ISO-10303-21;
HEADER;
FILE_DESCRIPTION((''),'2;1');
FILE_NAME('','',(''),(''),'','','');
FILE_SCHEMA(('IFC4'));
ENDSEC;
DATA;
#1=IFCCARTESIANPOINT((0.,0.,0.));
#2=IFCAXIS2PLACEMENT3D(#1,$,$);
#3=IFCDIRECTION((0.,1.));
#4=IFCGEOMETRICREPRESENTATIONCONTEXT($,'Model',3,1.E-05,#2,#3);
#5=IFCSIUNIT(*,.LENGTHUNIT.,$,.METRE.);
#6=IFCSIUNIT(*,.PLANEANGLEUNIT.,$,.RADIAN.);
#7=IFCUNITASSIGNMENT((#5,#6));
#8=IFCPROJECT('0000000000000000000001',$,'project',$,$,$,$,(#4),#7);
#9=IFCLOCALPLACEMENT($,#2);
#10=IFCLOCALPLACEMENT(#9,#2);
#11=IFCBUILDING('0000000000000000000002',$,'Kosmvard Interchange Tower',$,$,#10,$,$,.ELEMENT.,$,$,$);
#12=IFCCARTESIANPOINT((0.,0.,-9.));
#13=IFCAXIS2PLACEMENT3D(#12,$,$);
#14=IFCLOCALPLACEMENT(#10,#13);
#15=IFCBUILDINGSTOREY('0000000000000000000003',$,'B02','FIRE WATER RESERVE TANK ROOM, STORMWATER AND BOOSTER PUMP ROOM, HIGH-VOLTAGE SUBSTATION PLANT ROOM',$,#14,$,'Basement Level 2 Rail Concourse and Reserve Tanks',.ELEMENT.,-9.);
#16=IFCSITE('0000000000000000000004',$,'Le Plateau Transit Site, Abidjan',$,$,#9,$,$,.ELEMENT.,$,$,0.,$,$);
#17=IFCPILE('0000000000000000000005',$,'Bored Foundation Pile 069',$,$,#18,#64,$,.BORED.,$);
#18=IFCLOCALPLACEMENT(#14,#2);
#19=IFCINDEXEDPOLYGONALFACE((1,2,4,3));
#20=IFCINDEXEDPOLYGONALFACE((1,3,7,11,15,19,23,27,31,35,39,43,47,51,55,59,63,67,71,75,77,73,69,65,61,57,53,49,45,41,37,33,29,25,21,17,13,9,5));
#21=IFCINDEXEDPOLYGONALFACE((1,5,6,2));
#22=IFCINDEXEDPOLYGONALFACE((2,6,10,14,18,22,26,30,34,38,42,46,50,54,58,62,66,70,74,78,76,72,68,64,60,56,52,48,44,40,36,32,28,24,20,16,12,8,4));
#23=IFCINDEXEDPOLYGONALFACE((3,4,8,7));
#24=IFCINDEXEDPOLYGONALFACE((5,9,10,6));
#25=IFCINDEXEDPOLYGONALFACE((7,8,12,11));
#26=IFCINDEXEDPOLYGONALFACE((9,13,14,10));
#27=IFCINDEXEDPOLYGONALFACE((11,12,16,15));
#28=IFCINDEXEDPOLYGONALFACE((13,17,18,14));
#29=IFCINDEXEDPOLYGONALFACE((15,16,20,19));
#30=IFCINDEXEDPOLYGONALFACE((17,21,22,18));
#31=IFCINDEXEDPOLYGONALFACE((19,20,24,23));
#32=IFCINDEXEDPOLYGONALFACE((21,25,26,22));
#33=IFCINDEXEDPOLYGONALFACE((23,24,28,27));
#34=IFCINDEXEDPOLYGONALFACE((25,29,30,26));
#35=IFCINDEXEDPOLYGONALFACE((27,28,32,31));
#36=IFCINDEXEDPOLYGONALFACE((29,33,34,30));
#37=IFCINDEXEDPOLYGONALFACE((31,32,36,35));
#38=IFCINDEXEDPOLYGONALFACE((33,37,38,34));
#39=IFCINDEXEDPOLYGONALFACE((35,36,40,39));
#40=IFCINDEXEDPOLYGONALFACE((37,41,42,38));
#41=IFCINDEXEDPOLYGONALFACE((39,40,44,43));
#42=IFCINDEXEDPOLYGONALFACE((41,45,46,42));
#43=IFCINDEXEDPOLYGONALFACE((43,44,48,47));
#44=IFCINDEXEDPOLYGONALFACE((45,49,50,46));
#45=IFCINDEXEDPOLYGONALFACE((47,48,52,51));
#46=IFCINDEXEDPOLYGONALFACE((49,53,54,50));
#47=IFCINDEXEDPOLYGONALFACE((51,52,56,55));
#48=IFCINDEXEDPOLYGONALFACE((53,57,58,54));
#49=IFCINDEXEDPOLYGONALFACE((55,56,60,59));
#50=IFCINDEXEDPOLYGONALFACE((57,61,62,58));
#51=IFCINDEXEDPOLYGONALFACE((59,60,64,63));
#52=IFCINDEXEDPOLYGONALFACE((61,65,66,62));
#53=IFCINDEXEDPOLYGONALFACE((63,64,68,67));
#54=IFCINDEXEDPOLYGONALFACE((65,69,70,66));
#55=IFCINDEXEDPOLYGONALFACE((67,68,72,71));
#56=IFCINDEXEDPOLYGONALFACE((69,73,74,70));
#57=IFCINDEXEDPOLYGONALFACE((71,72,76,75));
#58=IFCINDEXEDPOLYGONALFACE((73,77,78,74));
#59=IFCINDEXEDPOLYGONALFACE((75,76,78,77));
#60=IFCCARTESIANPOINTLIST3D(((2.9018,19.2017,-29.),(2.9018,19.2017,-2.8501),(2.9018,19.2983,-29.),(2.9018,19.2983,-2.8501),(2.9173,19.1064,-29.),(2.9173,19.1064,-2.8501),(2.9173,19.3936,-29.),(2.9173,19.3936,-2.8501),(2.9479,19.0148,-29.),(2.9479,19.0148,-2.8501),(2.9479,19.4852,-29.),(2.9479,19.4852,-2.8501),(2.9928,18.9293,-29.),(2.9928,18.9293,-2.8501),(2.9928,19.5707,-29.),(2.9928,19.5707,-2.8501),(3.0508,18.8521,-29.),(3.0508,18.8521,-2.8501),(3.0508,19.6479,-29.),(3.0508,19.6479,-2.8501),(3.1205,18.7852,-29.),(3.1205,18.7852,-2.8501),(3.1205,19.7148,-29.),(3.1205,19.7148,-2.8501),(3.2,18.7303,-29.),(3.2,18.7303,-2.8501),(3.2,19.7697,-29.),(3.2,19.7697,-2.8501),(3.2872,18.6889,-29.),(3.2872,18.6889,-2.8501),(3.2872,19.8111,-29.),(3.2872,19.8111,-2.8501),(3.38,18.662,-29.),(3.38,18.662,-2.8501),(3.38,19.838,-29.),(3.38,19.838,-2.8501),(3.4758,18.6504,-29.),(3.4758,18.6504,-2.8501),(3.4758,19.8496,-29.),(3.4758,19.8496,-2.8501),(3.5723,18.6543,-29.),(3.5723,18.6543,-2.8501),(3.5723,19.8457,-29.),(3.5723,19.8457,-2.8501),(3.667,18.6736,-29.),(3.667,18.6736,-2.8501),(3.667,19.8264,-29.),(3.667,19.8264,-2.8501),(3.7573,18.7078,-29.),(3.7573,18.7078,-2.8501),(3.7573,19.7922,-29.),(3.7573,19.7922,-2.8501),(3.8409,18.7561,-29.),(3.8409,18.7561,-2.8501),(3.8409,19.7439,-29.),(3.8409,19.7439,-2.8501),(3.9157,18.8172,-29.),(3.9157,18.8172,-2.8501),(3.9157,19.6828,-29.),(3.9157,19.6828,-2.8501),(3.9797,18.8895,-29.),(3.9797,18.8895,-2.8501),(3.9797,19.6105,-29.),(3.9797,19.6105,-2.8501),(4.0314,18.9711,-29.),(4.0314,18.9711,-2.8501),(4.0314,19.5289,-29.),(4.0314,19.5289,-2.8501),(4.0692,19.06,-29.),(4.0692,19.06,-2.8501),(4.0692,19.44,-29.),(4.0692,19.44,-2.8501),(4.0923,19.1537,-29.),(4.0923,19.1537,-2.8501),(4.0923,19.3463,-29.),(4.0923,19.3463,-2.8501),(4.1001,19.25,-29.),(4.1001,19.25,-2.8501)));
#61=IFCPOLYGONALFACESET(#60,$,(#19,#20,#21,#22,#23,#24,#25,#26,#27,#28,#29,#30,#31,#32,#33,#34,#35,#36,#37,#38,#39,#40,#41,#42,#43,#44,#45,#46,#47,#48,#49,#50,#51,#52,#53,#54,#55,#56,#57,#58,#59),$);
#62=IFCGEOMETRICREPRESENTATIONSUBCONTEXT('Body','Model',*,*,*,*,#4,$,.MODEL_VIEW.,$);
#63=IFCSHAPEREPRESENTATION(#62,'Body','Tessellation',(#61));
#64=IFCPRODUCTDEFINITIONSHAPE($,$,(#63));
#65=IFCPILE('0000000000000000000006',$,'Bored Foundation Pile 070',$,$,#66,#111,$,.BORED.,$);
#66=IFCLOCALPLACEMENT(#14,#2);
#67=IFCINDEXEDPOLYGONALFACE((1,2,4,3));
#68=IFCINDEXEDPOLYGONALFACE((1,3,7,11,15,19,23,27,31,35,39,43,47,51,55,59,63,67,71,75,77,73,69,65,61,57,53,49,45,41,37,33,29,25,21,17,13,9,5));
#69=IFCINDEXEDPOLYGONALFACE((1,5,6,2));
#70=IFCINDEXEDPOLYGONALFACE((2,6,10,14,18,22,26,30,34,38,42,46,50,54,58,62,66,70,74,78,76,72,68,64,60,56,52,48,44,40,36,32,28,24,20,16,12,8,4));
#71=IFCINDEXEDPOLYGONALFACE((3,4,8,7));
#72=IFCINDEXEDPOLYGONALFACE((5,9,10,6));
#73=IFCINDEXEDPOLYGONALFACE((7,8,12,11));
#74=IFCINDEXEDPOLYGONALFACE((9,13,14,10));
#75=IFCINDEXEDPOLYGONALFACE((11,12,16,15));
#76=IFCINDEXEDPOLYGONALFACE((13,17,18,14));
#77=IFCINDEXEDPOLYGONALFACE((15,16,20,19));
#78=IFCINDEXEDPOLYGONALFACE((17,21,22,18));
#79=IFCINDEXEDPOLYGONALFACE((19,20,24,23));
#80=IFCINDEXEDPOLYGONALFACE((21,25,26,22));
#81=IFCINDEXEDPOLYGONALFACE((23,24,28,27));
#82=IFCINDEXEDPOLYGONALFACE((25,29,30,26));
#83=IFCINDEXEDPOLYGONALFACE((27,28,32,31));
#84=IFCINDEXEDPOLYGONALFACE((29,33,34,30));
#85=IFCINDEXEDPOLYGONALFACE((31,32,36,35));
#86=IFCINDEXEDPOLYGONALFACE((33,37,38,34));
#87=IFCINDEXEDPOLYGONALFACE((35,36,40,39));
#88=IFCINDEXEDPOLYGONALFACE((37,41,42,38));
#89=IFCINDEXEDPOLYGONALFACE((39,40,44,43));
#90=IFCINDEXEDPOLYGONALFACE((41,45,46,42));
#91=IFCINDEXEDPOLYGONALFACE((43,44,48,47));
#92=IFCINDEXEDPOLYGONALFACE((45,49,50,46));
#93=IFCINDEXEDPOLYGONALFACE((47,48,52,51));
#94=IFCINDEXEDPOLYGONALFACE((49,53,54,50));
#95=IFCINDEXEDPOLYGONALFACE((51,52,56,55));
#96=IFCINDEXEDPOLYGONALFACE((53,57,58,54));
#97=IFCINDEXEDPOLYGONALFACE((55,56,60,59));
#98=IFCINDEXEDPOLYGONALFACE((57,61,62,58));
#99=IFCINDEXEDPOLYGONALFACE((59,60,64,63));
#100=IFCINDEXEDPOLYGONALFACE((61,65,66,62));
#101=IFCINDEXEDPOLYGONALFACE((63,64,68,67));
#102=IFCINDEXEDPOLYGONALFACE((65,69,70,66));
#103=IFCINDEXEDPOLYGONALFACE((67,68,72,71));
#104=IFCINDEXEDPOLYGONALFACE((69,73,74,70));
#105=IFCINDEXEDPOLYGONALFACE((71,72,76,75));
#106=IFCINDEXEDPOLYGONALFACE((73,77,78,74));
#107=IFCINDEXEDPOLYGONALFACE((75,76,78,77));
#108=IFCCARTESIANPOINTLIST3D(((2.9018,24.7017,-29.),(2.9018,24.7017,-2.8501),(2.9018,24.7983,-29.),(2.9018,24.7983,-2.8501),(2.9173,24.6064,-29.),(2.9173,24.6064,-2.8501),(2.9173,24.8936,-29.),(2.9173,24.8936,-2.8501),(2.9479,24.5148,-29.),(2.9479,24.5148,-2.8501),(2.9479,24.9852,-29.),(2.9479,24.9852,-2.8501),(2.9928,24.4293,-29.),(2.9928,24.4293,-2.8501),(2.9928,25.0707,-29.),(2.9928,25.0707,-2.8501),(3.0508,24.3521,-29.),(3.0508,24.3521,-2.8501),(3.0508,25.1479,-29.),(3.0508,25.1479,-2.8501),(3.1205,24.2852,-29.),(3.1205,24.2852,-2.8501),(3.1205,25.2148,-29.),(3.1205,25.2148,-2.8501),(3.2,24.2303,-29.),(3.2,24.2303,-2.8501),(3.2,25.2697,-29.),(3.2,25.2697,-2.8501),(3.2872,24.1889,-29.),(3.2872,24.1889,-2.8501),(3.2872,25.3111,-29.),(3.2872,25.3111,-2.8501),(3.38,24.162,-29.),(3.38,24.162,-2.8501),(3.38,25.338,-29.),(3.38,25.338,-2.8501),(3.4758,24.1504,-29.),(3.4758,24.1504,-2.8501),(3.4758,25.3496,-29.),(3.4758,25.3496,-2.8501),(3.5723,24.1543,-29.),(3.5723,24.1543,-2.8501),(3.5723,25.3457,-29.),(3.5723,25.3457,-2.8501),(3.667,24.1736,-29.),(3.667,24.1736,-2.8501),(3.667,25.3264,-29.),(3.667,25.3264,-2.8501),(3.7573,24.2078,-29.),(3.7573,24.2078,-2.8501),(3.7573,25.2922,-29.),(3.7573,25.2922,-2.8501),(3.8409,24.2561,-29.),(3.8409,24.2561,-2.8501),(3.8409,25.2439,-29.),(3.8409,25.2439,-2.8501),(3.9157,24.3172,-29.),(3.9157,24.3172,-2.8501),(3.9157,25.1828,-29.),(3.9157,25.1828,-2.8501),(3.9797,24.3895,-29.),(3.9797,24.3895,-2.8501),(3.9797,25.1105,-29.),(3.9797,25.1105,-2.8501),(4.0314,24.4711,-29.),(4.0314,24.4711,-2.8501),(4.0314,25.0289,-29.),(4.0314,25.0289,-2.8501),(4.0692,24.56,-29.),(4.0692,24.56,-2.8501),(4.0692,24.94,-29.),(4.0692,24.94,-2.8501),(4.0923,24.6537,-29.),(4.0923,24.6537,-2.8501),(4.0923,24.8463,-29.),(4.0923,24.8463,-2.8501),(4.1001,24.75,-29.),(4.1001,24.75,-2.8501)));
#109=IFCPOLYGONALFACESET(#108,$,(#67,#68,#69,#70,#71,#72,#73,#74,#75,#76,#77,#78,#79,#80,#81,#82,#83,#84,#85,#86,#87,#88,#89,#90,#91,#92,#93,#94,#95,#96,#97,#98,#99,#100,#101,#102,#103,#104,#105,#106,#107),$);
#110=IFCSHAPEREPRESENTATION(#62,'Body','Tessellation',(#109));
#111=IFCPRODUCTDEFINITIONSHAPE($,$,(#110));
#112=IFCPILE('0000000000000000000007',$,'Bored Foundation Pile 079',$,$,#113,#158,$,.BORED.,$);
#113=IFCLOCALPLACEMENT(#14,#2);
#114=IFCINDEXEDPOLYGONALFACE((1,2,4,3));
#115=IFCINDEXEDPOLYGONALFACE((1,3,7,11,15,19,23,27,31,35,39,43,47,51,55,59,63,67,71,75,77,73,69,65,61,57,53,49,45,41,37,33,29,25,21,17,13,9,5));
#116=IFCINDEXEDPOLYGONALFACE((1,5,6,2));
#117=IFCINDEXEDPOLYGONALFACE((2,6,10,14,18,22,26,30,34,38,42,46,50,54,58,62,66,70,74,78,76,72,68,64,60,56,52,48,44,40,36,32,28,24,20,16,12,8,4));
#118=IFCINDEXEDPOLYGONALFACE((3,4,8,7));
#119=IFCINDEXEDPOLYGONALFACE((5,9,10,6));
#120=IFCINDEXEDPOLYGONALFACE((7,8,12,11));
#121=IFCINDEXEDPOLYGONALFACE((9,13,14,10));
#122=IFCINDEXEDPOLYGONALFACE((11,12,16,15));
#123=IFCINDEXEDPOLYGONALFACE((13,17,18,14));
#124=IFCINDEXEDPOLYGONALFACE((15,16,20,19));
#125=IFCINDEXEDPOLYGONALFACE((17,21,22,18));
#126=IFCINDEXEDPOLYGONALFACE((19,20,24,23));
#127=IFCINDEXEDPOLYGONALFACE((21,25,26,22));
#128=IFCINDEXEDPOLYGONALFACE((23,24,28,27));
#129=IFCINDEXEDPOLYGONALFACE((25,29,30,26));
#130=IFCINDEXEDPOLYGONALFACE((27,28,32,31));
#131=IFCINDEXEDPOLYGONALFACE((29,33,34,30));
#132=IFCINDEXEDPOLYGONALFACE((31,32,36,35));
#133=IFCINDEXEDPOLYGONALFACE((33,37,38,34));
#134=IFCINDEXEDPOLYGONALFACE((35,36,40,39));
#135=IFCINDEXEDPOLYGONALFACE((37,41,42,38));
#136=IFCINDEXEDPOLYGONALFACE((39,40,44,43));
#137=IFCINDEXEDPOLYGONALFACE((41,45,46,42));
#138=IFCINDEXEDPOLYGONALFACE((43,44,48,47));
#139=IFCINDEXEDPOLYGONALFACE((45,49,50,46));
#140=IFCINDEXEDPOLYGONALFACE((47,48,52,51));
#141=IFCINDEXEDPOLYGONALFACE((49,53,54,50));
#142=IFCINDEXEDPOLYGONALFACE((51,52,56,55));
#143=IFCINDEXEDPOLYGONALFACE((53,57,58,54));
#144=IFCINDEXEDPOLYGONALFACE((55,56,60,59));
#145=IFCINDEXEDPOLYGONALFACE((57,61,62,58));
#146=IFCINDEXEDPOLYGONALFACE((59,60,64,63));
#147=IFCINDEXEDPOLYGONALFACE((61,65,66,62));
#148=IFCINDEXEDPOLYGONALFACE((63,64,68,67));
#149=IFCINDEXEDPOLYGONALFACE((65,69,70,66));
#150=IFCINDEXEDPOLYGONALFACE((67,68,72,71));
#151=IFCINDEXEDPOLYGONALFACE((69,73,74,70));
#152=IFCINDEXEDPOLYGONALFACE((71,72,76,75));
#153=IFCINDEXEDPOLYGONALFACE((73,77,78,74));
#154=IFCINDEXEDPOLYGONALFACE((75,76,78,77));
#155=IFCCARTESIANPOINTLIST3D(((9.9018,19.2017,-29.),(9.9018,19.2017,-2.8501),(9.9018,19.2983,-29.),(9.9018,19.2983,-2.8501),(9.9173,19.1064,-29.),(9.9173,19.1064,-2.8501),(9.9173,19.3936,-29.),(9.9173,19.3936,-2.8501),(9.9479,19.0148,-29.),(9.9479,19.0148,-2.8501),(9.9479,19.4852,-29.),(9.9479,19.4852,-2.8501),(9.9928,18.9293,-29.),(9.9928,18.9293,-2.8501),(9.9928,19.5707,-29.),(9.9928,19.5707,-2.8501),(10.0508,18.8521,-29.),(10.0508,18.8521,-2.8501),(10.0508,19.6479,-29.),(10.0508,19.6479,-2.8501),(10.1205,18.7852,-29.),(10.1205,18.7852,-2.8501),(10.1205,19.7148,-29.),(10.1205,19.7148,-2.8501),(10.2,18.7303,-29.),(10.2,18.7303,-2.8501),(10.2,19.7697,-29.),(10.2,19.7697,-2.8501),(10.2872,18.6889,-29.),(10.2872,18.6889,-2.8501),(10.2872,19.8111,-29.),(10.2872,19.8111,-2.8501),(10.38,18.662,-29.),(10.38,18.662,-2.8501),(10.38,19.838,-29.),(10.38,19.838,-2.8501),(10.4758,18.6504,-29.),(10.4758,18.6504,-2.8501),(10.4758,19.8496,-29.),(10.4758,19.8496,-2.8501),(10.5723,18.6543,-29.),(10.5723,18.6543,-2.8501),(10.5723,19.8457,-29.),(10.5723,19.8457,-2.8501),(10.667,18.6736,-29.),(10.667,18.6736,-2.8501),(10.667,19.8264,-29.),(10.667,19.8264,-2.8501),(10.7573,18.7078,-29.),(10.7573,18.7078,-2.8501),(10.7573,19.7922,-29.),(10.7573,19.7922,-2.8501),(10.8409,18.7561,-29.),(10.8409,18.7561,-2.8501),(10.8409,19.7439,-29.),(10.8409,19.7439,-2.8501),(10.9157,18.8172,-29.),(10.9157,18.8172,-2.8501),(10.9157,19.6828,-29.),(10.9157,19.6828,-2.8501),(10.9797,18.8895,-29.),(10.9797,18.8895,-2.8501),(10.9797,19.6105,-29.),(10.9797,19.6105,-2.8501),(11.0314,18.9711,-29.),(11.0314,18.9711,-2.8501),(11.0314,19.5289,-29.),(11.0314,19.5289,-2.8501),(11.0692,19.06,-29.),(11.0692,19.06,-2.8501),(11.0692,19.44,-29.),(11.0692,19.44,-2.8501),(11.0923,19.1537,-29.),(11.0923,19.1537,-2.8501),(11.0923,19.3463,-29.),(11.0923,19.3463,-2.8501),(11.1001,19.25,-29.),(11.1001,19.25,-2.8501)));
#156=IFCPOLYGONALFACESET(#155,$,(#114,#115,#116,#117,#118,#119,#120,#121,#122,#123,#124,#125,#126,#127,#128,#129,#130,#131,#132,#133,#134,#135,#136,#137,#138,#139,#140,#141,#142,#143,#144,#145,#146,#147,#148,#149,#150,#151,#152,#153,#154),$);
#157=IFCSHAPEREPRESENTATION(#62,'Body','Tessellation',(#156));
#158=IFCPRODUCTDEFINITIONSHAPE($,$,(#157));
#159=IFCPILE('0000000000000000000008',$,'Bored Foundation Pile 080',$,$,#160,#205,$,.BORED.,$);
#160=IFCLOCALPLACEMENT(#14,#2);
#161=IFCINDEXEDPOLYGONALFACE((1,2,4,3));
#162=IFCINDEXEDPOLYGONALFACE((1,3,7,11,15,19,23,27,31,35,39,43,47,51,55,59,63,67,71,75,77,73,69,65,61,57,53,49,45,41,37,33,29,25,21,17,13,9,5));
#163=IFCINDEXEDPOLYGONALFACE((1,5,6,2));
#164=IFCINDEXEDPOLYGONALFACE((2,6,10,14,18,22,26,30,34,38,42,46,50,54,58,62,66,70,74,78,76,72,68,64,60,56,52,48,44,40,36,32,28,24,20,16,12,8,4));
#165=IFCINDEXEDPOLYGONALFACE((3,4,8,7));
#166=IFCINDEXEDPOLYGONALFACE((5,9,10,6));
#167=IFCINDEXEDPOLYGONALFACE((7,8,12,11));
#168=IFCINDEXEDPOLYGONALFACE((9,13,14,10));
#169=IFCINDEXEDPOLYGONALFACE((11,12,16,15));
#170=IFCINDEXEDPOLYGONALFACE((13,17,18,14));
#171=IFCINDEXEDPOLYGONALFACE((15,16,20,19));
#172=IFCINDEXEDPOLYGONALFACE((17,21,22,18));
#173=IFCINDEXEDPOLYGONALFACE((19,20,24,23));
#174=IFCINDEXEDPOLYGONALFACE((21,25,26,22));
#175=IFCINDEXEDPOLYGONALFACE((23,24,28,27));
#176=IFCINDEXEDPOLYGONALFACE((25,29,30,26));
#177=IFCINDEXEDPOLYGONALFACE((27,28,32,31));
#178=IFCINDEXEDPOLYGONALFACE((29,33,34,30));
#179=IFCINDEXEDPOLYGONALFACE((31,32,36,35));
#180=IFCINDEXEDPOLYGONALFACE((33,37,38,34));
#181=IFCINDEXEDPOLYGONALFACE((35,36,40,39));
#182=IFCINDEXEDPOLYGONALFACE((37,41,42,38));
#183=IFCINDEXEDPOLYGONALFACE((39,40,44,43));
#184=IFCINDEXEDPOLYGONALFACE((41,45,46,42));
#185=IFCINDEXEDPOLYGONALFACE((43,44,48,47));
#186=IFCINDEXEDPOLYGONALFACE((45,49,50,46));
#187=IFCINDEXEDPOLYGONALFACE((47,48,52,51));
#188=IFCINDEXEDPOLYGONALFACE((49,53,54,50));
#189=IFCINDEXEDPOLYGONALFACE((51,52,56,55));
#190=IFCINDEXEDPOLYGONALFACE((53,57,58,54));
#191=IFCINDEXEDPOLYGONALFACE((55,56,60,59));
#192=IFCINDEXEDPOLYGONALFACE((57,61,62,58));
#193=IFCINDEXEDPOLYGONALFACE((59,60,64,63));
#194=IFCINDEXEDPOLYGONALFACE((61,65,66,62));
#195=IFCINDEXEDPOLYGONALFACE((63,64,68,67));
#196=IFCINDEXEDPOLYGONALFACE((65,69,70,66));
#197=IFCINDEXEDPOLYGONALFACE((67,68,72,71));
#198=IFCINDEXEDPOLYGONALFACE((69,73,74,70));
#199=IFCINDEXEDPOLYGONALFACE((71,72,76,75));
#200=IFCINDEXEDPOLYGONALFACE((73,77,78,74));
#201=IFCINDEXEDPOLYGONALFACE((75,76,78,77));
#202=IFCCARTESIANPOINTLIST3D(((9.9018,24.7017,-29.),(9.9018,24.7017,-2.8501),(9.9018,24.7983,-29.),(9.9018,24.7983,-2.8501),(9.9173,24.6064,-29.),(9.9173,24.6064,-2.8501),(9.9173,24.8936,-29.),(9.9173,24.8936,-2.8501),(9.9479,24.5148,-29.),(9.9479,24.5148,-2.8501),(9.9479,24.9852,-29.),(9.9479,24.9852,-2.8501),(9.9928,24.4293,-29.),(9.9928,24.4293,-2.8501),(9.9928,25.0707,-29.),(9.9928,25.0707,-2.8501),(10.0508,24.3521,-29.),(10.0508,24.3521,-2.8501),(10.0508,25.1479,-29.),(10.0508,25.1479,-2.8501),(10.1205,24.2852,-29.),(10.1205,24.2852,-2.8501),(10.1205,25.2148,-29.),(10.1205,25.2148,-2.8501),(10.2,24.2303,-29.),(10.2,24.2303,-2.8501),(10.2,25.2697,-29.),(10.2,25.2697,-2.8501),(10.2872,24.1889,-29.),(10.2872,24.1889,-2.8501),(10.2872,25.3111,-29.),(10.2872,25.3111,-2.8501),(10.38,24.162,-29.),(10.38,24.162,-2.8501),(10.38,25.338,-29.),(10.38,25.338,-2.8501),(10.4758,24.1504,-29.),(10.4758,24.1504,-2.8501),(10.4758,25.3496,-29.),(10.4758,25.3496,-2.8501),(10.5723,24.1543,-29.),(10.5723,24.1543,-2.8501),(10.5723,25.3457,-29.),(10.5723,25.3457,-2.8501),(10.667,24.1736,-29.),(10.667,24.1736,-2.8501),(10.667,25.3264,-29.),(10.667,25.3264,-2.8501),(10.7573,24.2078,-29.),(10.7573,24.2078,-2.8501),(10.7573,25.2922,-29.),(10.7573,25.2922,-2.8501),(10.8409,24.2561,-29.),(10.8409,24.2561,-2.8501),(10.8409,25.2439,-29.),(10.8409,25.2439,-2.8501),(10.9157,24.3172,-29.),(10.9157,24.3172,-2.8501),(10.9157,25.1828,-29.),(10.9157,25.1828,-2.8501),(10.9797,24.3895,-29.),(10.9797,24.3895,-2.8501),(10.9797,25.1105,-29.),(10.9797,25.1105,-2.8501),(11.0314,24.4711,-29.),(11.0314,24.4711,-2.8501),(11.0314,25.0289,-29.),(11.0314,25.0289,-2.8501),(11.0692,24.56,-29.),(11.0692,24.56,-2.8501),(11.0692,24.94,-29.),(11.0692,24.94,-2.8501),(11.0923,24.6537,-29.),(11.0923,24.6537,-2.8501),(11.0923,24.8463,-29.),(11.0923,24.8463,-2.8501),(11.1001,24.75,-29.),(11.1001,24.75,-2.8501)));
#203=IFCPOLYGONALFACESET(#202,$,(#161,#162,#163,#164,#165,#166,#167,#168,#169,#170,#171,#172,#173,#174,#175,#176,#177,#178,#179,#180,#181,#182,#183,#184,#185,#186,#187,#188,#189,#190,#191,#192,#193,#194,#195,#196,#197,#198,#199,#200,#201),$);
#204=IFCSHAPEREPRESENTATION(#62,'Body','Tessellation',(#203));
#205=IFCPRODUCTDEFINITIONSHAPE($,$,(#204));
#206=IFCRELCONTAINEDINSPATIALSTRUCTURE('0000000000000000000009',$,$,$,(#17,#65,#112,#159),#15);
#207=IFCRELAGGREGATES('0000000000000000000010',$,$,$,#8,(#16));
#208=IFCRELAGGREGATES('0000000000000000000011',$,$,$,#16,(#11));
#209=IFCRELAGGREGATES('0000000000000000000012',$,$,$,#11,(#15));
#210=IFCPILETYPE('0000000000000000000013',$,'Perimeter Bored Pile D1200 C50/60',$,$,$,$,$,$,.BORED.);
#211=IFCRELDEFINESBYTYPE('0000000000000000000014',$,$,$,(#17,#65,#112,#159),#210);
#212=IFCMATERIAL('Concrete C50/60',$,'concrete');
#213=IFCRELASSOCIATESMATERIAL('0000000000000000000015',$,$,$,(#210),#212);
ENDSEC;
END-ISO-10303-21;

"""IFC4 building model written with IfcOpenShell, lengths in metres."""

from ifc_helpers import new_model, si_unit, direction, frame, origin, origin_2d, place, context, subcontext, project, spatial, circle, extrude, source, transform, mapped, material, material_profile, profile_set, type_object, element, save


model = new_model("IFC4")

# Units and contexts
model_context = context("Model", 3, precision=1e-05, world=origin(), true_north=direction((0.0, 1.0)))
body_context = subcontext(model_context, "Body", "Model", "MODEL_VIEW")
ifc_project = project(units=[si_unit("LENGTHUNIT", "METRE"), si_unit("PLANEANGLEUNIT", "RADIAN")], contexts=[model_context])

# Site, building, storey
site_placement = place(None, origin())
site = spatial("IfcSite", under=ifc_project, at=site_placement, Name="Le Plateau Transit Site, Abidjan", CompositionType="ELEMENT", RefElevation=0.0)
building_placement = place(site_placement, origin())
building = spatial("IfcBuilding", under=site, at=building_placement, Name="Kosmvard Interchange Tower", CompositionType="ELEMENT")
storey_placement = place(building_placement, frame((0.0, 0.0, -9.0)))
storey = spatial("IfcBuildingStorey", under=building, at=storey_placement, Name="B02", Description="FIRE WATER RESERVE TANK ROOM, STORMWATER AND BOOSTER PUMP ROOM, HIGH-VOLTAGE SUBSTATION PLANT ROOM", LongName="Basement Level 2 Rail Concourse and Reserve Tanks", CompositionType="ELEMENT", Elevation=-9.0)

# Piles
ifc_material_1 = material(Name="Concrete C50/60", Category="concrete")
ifc_material_profile_1 = material_profile(ifc_material_1, circle(Radius=0.6001, at=origin_2d()), Name="PILE D1200")
ifc_profile_set_1 = profile_set([ifc_material_profile_1], Name="Concrete C50/60")
pile_type_1 = type_object("IfcPileType", Name="Perimeter Bored Pile D1200 C50/60", PredefinedType="BORED", material=ifc_profile_set_1)
shared_shape_1 = source(origin(), body_context, "Body", "SweptSolid", [
    extrude(circle(Radius=0.6001, at=origin_2d()), origin(), (0.0, 0.0, 1.0), 26.1499),
])
for number, where, z_axis, x_axis, name in (
    (1, (3.5, 19.25, -2.8501), (0.0, 0.0, -1.0), (1.0, 0.0, 0.0), "Bored Foundation Pile 069"),
    (2, (3.5, 24.75, -2.8501), (0.0, 0.0, -1.0), (1.0, 0.0, 0.0), "Bored Foundation Pile 070"),
    (3, (10.5, 19.25, -2.8501), (0.0, 0.0, -1.0), (1.0, 0.0, 0.0), "Bored Foundation Pile 079"),
    (4, (10.5, 24.75, -2.8501), (0.0, 0.0, -1.0), (1.0, 0.0, 0.0), "Bored Foundation Pile 080"),
):
    element("IfcPile", number, at=place(storey_placement, frame(where, z_axis=z_axis, x_axis=x_axis)), inside=storey, type_object=pile_type_1, Name=name, PredefinedType="BORED", context=body_context, shape_type="MappedRepresentation", body=[
        mapped(shared_shape_1, transform((0.0, 0.0, 0.0), scale=1.0)),
    ])

save(model, "model.ifc")
